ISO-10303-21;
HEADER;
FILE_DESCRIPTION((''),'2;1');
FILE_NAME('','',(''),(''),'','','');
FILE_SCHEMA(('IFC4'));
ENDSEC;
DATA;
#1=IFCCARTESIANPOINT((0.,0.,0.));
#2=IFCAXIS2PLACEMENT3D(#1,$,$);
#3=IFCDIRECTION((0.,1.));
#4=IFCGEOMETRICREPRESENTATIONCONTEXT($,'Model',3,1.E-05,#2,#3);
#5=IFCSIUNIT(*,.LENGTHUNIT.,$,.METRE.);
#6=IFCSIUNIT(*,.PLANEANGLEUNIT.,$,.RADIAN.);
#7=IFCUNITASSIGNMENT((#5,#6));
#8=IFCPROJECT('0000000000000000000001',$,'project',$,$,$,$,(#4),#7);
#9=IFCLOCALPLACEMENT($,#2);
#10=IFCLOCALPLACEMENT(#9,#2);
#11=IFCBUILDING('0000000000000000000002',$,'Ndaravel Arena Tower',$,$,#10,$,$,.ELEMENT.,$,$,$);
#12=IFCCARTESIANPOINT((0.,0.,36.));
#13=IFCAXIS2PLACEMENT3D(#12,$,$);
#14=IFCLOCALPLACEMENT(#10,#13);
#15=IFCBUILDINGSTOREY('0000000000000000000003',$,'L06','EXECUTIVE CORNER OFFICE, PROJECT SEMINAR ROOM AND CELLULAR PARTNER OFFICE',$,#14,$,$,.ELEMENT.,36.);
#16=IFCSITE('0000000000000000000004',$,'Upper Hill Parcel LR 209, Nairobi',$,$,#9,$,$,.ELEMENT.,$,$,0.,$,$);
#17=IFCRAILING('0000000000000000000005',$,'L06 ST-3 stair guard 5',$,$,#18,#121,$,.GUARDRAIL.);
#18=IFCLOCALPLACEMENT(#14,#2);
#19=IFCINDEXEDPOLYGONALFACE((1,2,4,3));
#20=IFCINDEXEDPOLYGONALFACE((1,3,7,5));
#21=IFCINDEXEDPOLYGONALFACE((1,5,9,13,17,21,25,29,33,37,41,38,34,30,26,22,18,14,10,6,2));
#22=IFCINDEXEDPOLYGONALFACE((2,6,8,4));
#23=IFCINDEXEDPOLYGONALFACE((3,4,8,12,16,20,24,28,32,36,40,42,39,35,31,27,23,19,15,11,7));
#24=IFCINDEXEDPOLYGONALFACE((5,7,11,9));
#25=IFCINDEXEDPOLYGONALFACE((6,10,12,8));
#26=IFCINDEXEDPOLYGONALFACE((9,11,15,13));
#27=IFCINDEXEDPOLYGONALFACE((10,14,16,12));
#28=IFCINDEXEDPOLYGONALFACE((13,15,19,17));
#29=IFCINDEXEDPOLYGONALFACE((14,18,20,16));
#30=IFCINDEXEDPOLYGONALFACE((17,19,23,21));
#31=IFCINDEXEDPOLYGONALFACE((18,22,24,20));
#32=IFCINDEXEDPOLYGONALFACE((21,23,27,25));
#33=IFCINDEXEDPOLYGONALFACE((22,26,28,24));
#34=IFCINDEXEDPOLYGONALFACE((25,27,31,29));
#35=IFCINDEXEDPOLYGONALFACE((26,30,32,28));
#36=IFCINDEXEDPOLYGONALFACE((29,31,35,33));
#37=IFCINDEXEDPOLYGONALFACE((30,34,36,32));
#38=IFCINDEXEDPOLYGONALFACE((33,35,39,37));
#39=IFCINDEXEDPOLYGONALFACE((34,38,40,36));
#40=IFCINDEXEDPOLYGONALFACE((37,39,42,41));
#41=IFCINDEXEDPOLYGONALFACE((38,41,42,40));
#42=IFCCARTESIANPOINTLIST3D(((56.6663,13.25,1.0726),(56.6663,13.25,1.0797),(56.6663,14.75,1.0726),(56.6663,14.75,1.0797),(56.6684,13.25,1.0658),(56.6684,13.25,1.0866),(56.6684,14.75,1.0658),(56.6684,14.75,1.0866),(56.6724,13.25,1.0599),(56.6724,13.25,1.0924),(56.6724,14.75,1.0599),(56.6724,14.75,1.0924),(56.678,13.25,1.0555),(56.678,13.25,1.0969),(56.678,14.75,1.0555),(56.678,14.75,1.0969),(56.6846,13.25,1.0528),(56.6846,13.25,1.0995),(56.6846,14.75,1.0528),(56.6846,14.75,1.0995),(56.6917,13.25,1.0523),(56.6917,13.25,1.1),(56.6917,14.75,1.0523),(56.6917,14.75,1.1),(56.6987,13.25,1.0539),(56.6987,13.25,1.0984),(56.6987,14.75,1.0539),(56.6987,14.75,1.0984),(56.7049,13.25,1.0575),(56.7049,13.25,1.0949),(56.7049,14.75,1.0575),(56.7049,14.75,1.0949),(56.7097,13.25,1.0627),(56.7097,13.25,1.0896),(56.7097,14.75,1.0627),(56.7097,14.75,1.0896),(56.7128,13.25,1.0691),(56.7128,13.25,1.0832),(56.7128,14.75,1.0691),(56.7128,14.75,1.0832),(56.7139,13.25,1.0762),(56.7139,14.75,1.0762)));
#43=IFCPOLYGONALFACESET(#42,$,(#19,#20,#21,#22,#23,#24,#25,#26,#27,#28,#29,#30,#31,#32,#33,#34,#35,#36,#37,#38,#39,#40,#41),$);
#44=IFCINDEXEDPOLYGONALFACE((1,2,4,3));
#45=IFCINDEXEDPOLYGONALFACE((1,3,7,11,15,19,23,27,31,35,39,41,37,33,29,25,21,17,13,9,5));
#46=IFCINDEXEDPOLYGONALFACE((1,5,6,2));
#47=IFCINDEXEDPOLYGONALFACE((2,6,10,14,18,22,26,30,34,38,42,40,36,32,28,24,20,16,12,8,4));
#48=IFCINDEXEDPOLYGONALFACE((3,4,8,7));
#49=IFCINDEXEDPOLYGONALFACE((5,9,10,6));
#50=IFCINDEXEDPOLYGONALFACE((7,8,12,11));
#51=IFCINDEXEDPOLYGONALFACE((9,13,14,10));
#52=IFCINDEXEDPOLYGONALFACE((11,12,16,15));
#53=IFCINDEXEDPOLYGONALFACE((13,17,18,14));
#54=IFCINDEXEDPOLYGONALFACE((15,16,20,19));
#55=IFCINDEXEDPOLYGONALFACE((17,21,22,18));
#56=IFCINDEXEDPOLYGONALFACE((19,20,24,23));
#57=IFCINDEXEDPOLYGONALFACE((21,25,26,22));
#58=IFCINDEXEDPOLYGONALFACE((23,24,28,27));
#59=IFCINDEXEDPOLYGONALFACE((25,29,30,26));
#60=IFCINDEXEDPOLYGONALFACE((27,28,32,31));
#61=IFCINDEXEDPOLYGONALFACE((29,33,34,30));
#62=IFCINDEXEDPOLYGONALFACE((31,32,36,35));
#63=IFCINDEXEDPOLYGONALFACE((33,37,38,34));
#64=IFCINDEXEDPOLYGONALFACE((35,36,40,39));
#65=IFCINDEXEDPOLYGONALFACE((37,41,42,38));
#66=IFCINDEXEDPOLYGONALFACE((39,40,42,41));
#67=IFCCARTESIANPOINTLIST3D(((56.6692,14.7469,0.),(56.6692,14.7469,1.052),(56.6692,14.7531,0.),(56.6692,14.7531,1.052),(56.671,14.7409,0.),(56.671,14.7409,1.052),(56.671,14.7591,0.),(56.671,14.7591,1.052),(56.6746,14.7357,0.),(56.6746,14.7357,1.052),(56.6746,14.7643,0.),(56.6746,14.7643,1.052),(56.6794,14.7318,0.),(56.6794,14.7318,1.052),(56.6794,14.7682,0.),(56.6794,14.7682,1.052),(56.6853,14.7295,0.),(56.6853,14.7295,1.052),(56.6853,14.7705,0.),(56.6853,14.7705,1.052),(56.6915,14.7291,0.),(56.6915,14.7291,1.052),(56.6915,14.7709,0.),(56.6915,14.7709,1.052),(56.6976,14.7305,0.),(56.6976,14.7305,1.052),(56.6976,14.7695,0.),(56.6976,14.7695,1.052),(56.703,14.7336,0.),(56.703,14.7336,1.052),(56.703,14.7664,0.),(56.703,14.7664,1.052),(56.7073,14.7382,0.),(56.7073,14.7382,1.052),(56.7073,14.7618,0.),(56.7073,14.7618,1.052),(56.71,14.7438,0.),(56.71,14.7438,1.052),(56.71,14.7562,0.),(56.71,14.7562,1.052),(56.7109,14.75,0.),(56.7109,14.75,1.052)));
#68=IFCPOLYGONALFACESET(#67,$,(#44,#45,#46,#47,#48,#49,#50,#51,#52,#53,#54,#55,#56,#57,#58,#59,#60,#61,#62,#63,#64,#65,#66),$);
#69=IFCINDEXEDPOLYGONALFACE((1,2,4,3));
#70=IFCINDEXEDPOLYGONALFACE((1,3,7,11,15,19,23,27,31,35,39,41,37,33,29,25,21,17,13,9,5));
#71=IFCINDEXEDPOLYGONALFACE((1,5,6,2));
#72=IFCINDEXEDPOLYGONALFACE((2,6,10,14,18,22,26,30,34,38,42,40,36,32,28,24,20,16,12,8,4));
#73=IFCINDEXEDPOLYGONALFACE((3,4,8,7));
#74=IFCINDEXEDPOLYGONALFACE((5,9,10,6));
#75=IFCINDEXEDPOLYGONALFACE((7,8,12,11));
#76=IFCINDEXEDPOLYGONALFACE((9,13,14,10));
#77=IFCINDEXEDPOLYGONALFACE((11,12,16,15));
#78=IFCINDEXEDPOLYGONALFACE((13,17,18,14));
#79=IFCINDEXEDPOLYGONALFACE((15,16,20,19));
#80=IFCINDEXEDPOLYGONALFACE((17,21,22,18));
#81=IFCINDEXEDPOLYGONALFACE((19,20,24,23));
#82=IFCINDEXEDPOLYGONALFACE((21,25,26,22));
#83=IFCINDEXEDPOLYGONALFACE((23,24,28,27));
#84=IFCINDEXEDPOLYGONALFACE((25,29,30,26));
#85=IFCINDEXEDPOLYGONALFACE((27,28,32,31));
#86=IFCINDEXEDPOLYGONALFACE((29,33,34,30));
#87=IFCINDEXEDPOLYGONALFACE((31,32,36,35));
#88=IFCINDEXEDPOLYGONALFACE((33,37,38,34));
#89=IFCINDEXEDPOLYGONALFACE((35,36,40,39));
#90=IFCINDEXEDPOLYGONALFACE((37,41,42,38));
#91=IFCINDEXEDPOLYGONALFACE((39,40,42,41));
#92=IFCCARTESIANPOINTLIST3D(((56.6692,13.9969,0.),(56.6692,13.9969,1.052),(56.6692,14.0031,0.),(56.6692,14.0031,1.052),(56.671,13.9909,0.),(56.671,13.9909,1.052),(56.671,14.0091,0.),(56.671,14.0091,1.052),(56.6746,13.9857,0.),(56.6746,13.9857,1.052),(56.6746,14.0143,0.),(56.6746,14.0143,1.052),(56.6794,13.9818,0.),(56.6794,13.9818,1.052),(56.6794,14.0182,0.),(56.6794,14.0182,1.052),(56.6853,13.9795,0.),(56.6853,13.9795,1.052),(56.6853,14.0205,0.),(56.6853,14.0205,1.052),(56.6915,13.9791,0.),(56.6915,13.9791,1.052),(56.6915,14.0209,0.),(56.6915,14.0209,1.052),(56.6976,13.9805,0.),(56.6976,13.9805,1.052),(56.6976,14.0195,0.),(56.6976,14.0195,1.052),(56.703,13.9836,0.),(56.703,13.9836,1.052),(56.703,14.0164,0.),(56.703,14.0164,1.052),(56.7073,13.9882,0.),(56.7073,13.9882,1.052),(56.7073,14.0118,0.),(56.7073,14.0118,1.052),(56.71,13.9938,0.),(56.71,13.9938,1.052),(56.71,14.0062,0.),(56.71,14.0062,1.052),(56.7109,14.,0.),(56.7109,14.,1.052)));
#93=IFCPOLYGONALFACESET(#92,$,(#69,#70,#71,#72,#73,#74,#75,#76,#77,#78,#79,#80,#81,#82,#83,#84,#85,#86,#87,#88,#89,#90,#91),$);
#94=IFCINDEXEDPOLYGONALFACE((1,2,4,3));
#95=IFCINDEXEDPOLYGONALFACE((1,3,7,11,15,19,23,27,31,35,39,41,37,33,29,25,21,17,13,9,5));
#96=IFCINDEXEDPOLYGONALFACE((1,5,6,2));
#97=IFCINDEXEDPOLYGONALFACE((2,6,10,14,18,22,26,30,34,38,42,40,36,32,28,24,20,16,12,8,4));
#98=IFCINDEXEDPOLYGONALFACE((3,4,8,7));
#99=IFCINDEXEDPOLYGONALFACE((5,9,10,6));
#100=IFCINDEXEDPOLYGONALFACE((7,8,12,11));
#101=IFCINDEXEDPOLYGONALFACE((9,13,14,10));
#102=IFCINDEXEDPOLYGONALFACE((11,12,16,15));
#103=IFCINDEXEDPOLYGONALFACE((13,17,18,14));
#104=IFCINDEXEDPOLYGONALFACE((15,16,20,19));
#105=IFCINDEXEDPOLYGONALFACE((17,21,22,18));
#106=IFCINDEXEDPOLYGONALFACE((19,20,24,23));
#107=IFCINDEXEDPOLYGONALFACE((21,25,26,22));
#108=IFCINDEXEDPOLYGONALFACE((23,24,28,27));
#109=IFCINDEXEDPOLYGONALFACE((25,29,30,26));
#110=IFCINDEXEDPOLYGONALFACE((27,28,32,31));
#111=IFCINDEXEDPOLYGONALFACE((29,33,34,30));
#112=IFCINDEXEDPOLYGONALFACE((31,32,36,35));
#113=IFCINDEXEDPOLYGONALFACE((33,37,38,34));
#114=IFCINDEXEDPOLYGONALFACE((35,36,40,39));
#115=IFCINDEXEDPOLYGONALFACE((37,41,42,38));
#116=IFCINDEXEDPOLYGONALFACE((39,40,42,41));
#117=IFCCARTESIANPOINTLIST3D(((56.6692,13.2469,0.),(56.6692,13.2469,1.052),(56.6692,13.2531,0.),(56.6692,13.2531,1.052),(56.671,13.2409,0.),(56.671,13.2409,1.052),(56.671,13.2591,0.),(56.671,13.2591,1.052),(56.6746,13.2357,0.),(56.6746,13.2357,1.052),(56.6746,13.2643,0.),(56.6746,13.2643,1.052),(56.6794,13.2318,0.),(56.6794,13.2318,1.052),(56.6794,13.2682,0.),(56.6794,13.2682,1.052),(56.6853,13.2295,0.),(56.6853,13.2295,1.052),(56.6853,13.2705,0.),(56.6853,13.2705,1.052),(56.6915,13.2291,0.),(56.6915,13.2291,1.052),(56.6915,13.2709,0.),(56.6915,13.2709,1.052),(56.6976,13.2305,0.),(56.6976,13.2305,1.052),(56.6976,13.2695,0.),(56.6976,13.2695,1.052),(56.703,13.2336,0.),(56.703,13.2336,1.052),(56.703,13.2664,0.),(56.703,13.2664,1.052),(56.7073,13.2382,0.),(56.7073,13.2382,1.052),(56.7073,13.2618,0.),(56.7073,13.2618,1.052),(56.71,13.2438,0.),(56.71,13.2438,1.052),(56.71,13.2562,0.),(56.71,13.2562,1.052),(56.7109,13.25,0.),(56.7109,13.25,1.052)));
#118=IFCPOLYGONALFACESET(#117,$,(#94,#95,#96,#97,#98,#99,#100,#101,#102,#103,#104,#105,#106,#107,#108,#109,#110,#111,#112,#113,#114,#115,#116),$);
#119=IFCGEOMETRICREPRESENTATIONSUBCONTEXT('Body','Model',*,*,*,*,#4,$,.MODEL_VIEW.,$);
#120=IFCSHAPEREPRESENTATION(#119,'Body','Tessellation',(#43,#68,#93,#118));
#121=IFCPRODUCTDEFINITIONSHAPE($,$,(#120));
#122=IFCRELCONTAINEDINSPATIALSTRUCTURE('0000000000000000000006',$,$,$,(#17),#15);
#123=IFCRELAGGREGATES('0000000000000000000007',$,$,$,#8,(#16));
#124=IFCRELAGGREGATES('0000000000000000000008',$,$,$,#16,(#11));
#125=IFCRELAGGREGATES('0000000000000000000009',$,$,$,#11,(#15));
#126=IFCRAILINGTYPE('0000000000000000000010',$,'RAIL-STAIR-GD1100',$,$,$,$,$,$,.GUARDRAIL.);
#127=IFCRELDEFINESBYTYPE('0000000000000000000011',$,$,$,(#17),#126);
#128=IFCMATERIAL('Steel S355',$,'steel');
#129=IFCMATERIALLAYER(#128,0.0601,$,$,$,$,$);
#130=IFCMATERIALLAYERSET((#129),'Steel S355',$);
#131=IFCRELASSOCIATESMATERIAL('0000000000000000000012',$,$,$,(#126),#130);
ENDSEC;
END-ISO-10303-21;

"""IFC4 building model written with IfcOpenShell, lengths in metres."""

from ifc_helpers import new_model, si_unit, direction, frame, origin, origin_2d, place, context, subcontext, project, spatial, circle, extrude, material, layer, layer_set, type_object, element, save


model = new_model("IFC4")

# Units and contexts
model_context = context("Model", 3, precision=1e-05, world=origin(), true_north=direction((0.0, 1.0)))
body_context = subcontext(model_context, "Body", "Model", "MODEL_VIEW")
ifc_project = project(units=[si_unit("LENGTHUNIT", "METRE"), si_unit("PLANEANGLEUNIT", "RADIAN")], contexts=[model_context])

# Site, building, storey
site_placement = place(None, origin())
site = spatial("IfcSite", under=ifc_project, at=site_placement, Name="Upper Hill Parcel LR 209, Nairobi", CompositionType="ELEMENT", RefElevation=0.0)
building_placement = place(site_placement, origin())
building = spatial("IfcBuilding", under=site, at=building_placement, Name="Ndaravel Arena Tower", CompositionType="ELEMENT")
storey_placement = place(building_placement, frame((0.0, 0.0, 36.0)))
storey = spatial("IfcBuildingStorey", under=building, at=storey_placement, Name="L06", Description="EXECUTIVE CORNER OFFICE, PROJECT SEMINAR ROOM AND CELLULAR PARTNER OFFICE", CompositionType="ELEMENT", Elevation=36.0)

# Railing
ifc_material_1 = material(Name="Steel S355", Category="steel")
ifc_layer_1 = layer(ifc_material_1, 0.0601)
ifc_layer_set_1 = layer_set([ifc_layer_1], Name="Steel S355")
railing_type = type_object("IfcRailingType", Name="RAIL-STAIR-GD1100", PredefinedType="GUARDRAIL", material=ifc_layer_set_1)
for number, where, name in (
    (1, (56.6899, 14.75, 0.0), "L06 ST-3 stair guard 5"),
):
    element("IfcRailing", number, at=place(storey_placement, frame(where)), inside=storey, type_object=railing_type, Name=name, PredefinedType="GUARDRAIL", context=body_context, shape_type="SweptSolid", body=[
        extrude(circle(Radius=0.0239, at=origin_2d()), frame((0.0, 0.0, 1.0762), z_axis=(0.0, -1.0, 0.0), x_axis=(1.0, 0.0, 0.0)), (0.0, 0.0, 1.0), 1.5),
        extrude(circle(Radius=0.021, at=origin_2d()), origin(), (0.0, 0.0, 1.0), 1.052),
        extrude(circle(Radius=0.021, at=origin_2d()), frame((0.0, -0.75, 0.0)), (0.0, 0.0, 1.0), 1.052),
        extrude(circle(Radius=0.021, at=origin_2d()), frame((0.0, -1.5, 0.0)), (0.0, 0.0, 1.0), 1.052),
    ])

save(model, "model.ifc")
